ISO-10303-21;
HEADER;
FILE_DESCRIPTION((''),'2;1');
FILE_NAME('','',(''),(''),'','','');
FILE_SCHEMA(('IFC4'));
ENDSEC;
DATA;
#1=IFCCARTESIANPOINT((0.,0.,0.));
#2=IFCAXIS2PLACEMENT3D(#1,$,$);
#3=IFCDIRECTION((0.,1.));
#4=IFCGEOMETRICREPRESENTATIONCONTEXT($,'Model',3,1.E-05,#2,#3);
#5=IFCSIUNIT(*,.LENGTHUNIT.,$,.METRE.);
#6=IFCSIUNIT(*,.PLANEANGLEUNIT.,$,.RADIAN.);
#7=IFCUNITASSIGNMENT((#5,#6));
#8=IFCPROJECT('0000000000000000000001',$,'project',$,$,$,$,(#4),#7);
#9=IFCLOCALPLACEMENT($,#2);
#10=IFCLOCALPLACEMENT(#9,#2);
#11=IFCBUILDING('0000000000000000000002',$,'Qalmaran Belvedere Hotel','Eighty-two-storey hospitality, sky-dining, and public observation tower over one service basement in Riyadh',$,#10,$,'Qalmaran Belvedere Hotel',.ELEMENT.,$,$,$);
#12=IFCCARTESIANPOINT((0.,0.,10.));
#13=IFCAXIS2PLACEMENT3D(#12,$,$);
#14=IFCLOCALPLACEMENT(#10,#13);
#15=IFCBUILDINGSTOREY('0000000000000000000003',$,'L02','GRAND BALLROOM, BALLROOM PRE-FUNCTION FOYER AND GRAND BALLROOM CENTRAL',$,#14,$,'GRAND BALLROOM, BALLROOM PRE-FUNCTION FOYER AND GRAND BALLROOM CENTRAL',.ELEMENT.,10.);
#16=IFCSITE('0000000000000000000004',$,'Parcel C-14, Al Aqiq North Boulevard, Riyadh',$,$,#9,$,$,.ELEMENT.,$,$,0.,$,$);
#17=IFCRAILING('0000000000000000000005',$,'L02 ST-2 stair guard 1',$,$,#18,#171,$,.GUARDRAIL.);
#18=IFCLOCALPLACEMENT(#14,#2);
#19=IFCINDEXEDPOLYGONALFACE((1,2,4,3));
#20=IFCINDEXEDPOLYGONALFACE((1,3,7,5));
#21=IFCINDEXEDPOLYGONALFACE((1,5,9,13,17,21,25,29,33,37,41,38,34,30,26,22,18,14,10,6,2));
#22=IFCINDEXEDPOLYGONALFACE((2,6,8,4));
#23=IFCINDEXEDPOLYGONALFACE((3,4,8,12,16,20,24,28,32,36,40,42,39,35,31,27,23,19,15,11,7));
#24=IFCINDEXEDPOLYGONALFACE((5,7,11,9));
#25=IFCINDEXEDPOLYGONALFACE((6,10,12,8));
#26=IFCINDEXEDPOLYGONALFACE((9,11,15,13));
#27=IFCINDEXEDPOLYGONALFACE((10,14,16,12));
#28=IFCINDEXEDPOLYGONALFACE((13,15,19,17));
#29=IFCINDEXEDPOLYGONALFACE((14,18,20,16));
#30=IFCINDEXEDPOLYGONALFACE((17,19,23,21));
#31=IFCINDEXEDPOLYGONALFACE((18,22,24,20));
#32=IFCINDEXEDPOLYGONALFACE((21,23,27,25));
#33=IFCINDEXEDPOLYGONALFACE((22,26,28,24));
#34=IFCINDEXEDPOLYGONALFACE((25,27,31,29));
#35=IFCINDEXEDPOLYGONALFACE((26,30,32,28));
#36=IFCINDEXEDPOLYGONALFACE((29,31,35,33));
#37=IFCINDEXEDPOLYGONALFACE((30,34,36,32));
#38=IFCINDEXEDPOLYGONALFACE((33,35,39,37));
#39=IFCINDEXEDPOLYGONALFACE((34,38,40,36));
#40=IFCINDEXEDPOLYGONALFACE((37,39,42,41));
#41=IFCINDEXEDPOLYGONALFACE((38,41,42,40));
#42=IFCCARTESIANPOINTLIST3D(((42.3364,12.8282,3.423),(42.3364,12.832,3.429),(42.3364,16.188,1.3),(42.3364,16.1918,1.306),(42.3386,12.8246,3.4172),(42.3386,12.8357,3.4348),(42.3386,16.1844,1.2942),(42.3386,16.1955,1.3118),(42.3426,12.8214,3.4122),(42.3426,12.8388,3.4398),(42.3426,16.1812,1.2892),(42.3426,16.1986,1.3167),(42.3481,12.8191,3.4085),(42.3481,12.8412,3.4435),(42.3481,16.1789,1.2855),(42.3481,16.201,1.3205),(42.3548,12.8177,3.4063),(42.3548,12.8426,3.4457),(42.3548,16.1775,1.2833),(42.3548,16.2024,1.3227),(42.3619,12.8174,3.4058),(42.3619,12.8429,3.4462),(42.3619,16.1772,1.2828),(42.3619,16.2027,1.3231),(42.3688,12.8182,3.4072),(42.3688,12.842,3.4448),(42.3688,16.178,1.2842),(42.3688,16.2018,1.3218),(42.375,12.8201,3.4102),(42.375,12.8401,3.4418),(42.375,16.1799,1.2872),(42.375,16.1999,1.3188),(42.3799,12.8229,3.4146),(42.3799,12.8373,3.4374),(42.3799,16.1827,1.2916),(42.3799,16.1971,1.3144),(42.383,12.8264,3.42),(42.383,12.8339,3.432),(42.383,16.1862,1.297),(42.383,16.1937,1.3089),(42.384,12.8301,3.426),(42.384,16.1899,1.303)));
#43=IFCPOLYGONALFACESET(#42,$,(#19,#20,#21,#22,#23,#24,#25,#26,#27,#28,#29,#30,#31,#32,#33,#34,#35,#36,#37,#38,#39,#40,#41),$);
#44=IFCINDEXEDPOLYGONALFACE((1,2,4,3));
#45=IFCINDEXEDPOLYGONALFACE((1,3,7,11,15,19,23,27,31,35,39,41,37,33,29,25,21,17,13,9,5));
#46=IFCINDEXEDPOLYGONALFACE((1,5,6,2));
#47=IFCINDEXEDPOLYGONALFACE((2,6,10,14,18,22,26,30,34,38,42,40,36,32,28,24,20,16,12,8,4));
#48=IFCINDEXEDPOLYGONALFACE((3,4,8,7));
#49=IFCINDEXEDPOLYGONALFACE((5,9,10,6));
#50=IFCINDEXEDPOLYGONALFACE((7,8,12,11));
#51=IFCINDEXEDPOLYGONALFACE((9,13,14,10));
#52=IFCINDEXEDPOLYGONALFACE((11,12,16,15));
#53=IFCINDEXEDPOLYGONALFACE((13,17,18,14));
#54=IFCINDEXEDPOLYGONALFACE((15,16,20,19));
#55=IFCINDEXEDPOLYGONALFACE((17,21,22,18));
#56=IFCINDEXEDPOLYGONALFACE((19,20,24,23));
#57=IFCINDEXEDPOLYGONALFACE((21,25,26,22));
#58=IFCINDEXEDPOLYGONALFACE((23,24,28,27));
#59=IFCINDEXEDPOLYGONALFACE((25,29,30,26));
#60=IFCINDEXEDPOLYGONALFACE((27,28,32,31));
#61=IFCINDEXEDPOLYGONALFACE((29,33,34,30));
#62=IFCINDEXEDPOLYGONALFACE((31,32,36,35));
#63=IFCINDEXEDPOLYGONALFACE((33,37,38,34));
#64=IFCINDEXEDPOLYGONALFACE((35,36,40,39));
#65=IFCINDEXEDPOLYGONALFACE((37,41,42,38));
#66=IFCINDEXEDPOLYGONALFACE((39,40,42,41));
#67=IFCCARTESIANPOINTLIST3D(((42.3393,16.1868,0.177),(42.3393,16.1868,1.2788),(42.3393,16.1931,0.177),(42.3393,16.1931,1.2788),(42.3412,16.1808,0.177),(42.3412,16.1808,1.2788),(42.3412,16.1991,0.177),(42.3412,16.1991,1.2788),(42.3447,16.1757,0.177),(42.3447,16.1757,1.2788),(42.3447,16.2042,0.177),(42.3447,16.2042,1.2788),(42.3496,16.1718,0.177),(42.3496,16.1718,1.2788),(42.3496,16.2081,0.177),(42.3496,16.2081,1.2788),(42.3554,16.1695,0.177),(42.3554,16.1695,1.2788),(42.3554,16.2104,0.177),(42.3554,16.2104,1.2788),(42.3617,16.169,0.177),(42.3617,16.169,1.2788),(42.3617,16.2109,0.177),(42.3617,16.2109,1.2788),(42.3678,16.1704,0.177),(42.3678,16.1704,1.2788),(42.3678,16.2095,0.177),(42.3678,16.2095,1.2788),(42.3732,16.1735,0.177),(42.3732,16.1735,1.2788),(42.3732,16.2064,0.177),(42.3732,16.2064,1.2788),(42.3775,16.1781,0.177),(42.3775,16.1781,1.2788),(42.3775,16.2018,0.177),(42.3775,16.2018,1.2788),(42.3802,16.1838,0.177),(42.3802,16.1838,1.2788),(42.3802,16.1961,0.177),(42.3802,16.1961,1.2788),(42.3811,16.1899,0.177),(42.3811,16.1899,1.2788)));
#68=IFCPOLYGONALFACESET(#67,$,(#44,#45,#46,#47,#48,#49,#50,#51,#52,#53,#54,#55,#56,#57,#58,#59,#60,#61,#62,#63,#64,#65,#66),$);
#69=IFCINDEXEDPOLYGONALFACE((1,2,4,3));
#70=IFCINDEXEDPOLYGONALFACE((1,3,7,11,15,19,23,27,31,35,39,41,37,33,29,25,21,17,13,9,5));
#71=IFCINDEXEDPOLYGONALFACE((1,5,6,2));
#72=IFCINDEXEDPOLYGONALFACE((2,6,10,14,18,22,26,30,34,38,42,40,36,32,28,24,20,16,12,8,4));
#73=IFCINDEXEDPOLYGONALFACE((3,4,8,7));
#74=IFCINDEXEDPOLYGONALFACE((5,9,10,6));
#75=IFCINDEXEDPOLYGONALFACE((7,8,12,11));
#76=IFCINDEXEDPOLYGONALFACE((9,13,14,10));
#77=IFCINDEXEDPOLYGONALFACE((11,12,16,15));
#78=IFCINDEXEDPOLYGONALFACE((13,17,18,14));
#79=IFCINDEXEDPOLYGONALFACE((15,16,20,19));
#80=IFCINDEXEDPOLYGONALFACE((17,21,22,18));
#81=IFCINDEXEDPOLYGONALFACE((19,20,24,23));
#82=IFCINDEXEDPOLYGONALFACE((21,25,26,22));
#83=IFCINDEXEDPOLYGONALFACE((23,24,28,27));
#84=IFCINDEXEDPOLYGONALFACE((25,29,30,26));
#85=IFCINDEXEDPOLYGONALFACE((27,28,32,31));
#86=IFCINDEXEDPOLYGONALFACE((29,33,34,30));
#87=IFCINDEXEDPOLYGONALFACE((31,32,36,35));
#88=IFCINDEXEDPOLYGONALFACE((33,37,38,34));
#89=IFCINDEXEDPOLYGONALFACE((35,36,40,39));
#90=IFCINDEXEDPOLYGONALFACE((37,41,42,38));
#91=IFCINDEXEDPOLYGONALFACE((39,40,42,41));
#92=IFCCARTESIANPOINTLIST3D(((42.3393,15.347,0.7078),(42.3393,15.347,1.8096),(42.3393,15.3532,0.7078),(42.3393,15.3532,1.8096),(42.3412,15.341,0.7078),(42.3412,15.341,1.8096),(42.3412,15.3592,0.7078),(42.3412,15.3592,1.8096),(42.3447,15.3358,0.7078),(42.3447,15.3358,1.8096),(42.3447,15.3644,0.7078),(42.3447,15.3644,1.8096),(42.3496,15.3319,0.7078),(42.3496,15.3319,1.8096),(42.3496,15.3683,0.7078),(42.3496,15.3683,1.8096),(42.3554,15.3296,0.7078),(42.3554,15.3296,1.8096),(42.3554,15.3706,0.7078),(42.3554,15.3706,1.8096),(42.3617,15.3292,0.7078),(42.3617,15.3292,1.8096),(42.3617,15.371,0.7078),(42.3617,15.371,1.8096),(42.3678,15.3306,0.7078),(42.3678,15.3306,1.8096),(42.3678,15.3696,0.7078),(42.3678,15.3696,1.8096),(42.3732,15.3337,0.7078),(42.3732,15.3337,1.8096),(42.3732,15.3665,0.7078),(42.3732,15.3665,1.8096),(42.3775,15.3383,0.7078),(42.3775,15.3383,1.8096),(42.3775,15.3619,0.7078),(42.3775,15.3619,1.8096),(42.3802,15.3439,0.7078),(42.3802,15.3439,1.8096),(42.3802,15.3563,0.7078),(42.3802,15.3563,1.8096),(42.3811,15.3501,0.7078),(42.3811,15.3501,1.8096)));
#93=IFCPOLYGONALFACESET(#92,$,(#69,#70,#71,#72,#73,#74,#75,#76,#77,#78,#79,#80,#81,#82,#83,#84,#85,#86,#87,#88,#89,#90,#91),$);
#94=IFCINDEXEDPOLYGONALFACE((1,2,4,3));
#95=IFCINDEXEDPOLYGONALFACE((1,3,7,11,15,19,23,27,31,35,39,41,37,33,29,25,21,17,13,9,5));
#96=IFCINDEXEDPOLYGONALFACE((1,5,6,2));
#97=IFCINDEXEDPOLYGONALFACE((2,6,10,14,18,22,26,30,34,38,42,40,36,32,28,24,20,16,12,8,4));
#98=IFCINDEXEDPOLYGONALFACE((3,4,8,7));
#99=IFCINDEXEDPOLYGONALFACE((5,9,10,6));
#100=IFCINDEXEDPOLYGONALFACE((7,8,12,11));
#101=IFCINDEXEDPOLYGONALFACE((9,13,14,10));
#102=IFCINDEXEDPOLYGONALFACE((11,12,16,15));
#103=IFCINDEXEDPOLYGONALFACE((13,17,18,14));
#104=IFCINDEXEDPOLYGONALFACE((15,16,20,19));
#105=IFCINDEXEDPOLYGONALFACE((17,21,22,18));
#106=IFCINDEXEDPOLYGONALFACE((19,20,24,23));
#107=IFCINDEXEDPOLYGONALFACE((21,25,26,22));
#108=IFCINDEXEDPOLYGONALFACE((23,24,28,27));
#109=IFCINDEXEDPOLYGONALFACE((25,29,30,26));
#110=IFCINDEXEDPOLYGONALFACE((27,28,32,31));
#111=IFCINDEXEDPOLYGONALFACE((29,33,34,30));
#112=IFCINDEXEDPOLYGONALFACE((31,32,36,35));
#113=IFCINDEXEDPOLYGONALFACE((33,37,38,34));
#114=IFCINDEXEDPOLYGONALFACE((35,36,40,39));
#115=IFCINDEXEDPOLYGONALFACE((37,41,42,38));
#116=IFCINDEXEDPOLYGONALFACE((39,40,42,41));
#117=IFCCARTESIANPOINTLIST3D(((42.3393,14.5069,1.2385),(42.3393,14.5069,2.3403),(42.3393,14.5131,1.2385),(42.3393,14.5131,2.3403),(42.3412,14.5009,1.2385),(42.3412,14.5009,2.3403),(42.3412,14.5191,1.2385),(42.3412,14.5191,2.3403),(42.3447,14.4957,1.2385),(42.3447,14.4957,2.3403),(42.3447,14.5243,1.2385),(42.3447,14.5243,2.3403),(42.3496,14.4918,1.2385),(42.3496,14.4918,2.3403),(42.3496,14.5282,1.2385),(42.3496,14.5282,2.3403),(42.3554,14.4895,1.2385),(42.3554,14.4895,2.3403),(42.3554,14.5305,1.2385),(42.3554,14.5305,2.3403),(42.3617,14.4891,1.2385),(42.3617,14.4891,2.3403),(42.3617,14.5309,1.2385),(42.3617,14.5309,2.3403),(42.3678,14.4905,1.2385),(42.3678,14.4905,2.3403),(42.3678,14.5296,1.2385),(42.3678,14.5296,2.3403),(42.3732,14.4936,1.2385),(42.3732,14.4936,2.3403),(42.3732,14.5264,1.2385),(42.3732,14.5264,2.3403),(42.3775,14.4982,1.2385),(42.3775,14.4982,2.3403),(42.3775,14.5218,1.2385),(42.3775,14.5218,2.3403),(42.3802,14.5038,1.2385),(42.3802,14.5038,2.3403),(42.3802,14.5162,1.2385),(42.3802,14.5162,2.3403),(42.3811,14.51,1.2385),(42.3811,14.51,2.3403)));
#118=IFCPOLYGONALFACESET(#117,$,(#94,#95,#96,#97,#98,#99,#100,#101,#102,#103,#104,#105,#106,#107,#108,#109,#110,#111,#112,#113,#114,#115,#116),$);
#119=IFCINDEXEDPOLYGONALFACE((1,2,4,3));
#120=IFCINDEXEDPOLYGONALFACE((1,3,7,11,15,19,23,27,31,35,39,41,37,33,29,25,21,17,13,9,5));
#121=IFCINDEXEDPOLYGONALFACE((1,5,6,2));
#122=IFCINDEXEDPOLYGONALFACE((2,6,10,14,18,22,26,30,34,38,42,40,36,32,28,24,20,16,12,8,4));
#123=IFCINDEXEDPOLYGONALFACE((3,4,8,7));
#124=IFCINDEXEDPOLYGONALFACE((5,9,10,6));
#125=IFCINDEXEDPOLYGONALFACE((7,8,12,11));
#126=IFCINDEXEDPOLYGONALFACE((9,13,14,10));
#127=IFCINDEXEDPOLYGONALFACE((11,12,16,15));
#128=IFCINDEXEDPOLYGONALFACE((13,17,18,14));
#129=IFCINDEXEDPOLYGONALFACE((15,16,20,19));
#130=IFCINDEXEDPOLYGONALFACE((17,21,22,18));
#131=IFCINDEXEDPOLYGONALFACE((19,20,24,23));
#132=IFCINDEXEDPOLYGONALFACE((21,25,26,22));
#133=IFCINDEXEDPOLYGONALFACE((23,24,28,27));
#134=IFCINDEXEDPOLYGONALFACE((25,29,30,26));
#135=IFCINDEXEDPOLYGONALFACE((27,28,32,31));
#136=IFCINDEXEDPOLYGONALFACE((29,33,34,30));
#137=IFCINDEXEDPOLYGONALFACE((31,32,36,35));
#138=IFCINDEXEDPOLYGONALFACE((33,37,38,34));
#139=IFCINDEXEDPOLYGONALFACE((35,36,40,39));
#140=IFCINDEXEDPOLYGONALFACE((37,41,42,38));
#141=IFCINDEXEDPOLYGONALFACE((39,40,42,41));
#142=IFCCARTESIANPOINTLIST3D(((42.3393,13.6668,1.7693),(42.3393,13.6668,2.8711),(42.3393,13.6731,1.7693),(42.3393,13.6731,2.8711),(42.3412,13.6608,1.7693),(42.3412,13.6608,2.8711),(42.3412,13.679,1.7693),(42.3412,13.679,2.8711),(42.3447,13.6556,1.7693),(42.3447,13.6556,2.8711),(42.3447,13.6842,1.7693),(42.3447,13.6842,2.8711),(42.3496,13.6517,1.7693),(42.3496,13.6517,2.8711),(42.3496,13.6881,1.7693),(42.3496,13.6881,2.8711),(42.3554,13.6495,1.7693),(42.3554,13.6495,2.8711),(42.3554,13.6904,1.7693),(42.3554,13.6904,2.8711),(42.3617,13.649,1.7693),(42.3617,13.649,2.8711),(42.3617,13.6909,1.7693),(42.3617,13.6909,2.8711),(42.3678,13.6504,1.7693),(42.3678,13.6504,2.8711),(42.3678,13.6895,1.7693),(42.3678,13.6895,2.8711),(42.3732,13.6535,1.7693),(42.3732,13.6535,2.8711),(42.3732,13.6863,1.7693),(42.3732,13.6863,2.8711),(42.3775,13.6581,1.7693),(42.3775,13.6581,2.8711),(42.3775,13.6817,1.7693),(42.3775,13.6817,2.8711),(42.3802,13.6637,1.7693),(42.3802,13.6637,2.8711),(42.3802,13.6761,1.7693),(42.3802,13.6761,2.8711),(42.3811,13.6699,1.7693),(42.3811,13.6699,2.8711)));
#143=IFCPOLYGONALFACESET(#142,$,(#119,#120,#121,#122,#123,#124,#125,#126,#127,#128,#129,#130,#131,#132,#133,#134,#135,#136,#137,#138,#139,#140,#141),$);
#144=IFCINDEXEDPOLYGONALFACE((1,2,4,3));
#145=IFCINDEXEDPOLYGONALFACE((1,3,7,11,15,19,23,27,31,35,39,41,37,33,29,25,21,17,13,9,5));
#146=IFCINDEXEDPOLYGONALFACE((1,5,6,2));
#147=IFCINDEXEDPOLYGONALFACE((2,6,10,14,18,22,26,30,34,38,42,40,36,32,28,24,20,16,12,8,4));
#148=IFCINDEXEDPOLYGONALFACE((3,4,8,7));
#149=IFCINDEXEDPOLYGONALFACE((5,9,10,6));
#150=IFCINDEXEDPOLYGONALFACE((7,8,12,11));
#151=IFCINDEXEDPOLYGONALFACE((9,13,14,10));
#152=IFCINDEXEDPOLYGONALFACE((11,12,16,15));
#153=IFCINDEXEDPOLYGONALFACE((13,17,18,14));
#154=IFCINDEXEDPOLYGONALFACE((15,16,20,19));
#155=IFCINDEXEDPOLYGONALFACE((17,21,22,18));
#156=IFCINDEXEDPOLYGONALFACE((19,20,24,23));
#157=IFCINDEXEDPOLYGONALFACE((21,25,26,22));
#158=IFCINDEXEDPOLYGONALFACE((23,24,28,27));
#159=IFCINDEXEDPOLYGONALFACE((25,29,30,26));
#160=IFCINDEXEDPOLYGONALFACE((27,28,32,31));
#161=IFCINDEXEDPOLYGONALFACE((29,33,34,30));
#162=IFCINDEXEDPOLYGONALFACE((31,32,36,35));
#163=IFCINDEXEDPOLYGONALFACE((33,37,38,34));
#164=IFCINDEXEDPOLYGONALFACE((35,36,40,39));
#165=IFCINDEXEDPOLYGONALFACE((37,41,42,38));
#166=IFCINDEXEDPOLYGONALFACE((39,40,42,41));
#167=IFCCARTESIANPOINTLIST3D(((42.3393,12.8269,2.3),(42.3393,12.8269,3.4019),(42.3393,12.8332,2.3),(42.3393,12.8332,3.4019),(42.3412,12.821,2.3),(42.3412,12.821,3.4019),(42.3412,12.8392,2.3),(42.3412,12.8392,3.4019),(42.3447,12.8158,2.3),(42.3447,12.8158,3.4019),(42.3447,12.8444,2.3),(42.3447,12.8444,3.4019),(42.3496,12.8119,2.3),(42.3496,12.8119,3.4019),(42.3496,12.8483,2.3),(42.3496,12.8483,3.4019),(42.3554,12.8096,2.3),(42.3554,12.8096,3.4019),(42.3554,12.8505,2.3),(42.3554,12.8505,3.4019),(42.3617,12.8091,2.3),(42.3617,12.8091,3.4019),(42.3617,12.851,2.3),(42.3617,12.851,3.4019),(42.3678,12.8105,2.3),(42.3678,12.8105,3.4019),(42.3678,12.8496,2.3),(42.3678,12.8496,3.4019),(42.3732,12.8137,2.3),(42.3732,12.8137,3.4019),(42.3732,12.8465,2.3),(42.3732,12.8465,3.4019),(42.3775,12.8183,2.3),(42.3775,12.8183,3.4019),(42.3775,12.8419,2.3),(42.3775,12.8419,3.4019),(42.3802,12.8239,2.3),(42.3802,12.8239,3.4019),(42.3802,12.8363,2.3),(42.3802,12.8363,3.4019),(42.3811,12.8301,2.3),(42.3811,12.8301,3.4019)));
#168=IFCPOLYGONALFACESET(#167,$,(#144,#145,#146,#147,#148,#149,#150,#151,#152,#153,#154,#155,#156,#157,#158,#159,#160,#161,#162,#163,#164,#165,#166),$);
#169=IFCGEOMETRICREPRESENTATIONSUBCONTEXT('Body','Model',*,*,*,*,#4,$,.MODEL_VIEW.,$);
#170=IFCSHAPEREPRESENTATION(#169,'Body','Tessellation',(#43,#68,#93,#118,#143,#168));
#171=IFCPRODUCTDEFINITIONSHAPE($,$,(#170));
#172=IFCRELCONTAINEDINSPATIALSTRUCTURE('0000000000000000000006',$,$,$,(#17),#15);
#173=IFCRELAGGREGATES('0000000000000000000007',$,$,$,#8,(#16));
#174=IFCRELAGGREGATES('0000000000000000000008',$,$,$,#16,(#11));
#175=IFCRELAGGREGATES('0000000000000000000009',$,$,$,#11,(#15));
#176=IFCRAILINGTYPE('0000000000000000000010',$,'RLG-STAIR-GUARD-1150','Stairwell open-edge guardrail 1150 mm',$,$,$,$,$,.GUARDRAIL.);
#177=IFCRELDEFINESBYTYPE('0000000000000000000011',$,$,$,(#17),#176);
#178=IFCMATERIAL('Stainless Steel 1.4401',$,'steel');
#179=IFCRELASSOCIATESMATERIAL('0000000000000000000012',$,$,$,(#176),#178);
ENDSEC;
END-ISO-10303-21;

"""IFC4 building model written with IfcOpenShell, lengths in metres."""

from ifc_helpers import new_model, si_unit, direction, frame, origin, origin_2d, place, context, subcontext, project, spatial, circle, extrude, material, type_object, element, save


model = new_model("IFC4")

# Units and contexts
model_context = context("Model", 3, precision=1e-05, world=origin(), true_north=direction((0.0, 1.0)))
body_context = subcontext(model_context, "Body", "Model", "MODEL_VIEW")
ifc_project = project(units=[si_unit("LENGTHUNIT", "METRE"), si_unit("PLANEANGLEUNIT", "RADIAN")], contexts=[model_context])

# Site, building, storey
site_placement = place(None, origin())
site = spatial("IfcSite", under=ifc_project, at=site_placement, Name="Parcel C-14, Al Aqiq North Boulevard, Riyadh", CompositionType="ELEMENT", RefElevation=0.0)
building_placement = place(site_placement, origin())
building = spatial("IfcBuilding", under=site, at=building_placement, Name="Qalmaran Belvedere Hotel", Description="Eighty-two-storey hospitality, sky-dining, and public observation tower over one service basement in Riyadh", LongName="Qalmaran Belvedere Hotel", CompositionType="ELEMENT")
storey_placement = place(building_placement, frame((0.0, 0.0, 10.0)))
storey = spatial("IfcBuildingStorey", under=building, at=storey_placement, Name="L02", Description="GRAND BALLROOM, BALLROOM PRE-FUNCTION FOYER AND GRAND BALLROOM CENTRAL", LongName="GRAND BALLROOM, BALLROOM PRE-FUNCTION FOYER AND GRAND BALLROOM CENTRAL", CompositionType="ELEMENT", Elevation=10.0)

# Shared definitions
ifc_material_1 = material(Name="Stainless Steel 1.4401", Category="steel")

# Railing
railing_type_1 = type_object("IfcRailingType", Name="RLG-STAIR-GUARD-1150", Description="Stairwell open-edge guardrail 1150 mm", PredefinedType="GUARDRAIL", material=ifc_material_1)
railing_1_placement = place(storey_placement, frame((42.3601, 16.1899, 0.177)))
element("IfcRailing", 1, at=railing_1_placement, inside=storey, type_object=railing_type_1, Name="L02 ST-2 stair guard 1", PredefinedType="GUARDRAIL", context=body_context, shape_type="SweptSolid", body=[
    extrude(circle(Radius=0.0239, at=origin_2d()), frame((0.0, 0.0, 1.126), z_axis=(0.0, -0.845372, 0.534178), x_axis=(1.0, 0.0, 0.0)), (0.0, 0.0, 1.0), 3.9744),
    extrude(circle(Radius=0.021, at=origin_2d()), origin(), (0.0, 0.0, 1.0), 1.1018),
    extrude(circle(Radius=0.021, at=origin_2d()), frame((0.0, -0.8398, 0.5308)), (0.0, 0.0, 1.0), 1.1018),
    extrude(circle(Radius=0.021, at=origin_2d()), frame((0.0, -1.6799, 1.0615)), (0.0, 0.0, 1.0), 1.1018),
    extrude(circle(Radius=0.021, at=origin_2d()), frame((0.0, -2.52, 1.5923)), (0.0, 0.0, 1.0), 1.1018),
    extrude(circle(Radius=0.021, at=origin_2d()), frame((0.0, -3.3599, 2.123)), (0.0, 0.0, 1.0), 1.1018),
])

save(model, "model.ifc")
